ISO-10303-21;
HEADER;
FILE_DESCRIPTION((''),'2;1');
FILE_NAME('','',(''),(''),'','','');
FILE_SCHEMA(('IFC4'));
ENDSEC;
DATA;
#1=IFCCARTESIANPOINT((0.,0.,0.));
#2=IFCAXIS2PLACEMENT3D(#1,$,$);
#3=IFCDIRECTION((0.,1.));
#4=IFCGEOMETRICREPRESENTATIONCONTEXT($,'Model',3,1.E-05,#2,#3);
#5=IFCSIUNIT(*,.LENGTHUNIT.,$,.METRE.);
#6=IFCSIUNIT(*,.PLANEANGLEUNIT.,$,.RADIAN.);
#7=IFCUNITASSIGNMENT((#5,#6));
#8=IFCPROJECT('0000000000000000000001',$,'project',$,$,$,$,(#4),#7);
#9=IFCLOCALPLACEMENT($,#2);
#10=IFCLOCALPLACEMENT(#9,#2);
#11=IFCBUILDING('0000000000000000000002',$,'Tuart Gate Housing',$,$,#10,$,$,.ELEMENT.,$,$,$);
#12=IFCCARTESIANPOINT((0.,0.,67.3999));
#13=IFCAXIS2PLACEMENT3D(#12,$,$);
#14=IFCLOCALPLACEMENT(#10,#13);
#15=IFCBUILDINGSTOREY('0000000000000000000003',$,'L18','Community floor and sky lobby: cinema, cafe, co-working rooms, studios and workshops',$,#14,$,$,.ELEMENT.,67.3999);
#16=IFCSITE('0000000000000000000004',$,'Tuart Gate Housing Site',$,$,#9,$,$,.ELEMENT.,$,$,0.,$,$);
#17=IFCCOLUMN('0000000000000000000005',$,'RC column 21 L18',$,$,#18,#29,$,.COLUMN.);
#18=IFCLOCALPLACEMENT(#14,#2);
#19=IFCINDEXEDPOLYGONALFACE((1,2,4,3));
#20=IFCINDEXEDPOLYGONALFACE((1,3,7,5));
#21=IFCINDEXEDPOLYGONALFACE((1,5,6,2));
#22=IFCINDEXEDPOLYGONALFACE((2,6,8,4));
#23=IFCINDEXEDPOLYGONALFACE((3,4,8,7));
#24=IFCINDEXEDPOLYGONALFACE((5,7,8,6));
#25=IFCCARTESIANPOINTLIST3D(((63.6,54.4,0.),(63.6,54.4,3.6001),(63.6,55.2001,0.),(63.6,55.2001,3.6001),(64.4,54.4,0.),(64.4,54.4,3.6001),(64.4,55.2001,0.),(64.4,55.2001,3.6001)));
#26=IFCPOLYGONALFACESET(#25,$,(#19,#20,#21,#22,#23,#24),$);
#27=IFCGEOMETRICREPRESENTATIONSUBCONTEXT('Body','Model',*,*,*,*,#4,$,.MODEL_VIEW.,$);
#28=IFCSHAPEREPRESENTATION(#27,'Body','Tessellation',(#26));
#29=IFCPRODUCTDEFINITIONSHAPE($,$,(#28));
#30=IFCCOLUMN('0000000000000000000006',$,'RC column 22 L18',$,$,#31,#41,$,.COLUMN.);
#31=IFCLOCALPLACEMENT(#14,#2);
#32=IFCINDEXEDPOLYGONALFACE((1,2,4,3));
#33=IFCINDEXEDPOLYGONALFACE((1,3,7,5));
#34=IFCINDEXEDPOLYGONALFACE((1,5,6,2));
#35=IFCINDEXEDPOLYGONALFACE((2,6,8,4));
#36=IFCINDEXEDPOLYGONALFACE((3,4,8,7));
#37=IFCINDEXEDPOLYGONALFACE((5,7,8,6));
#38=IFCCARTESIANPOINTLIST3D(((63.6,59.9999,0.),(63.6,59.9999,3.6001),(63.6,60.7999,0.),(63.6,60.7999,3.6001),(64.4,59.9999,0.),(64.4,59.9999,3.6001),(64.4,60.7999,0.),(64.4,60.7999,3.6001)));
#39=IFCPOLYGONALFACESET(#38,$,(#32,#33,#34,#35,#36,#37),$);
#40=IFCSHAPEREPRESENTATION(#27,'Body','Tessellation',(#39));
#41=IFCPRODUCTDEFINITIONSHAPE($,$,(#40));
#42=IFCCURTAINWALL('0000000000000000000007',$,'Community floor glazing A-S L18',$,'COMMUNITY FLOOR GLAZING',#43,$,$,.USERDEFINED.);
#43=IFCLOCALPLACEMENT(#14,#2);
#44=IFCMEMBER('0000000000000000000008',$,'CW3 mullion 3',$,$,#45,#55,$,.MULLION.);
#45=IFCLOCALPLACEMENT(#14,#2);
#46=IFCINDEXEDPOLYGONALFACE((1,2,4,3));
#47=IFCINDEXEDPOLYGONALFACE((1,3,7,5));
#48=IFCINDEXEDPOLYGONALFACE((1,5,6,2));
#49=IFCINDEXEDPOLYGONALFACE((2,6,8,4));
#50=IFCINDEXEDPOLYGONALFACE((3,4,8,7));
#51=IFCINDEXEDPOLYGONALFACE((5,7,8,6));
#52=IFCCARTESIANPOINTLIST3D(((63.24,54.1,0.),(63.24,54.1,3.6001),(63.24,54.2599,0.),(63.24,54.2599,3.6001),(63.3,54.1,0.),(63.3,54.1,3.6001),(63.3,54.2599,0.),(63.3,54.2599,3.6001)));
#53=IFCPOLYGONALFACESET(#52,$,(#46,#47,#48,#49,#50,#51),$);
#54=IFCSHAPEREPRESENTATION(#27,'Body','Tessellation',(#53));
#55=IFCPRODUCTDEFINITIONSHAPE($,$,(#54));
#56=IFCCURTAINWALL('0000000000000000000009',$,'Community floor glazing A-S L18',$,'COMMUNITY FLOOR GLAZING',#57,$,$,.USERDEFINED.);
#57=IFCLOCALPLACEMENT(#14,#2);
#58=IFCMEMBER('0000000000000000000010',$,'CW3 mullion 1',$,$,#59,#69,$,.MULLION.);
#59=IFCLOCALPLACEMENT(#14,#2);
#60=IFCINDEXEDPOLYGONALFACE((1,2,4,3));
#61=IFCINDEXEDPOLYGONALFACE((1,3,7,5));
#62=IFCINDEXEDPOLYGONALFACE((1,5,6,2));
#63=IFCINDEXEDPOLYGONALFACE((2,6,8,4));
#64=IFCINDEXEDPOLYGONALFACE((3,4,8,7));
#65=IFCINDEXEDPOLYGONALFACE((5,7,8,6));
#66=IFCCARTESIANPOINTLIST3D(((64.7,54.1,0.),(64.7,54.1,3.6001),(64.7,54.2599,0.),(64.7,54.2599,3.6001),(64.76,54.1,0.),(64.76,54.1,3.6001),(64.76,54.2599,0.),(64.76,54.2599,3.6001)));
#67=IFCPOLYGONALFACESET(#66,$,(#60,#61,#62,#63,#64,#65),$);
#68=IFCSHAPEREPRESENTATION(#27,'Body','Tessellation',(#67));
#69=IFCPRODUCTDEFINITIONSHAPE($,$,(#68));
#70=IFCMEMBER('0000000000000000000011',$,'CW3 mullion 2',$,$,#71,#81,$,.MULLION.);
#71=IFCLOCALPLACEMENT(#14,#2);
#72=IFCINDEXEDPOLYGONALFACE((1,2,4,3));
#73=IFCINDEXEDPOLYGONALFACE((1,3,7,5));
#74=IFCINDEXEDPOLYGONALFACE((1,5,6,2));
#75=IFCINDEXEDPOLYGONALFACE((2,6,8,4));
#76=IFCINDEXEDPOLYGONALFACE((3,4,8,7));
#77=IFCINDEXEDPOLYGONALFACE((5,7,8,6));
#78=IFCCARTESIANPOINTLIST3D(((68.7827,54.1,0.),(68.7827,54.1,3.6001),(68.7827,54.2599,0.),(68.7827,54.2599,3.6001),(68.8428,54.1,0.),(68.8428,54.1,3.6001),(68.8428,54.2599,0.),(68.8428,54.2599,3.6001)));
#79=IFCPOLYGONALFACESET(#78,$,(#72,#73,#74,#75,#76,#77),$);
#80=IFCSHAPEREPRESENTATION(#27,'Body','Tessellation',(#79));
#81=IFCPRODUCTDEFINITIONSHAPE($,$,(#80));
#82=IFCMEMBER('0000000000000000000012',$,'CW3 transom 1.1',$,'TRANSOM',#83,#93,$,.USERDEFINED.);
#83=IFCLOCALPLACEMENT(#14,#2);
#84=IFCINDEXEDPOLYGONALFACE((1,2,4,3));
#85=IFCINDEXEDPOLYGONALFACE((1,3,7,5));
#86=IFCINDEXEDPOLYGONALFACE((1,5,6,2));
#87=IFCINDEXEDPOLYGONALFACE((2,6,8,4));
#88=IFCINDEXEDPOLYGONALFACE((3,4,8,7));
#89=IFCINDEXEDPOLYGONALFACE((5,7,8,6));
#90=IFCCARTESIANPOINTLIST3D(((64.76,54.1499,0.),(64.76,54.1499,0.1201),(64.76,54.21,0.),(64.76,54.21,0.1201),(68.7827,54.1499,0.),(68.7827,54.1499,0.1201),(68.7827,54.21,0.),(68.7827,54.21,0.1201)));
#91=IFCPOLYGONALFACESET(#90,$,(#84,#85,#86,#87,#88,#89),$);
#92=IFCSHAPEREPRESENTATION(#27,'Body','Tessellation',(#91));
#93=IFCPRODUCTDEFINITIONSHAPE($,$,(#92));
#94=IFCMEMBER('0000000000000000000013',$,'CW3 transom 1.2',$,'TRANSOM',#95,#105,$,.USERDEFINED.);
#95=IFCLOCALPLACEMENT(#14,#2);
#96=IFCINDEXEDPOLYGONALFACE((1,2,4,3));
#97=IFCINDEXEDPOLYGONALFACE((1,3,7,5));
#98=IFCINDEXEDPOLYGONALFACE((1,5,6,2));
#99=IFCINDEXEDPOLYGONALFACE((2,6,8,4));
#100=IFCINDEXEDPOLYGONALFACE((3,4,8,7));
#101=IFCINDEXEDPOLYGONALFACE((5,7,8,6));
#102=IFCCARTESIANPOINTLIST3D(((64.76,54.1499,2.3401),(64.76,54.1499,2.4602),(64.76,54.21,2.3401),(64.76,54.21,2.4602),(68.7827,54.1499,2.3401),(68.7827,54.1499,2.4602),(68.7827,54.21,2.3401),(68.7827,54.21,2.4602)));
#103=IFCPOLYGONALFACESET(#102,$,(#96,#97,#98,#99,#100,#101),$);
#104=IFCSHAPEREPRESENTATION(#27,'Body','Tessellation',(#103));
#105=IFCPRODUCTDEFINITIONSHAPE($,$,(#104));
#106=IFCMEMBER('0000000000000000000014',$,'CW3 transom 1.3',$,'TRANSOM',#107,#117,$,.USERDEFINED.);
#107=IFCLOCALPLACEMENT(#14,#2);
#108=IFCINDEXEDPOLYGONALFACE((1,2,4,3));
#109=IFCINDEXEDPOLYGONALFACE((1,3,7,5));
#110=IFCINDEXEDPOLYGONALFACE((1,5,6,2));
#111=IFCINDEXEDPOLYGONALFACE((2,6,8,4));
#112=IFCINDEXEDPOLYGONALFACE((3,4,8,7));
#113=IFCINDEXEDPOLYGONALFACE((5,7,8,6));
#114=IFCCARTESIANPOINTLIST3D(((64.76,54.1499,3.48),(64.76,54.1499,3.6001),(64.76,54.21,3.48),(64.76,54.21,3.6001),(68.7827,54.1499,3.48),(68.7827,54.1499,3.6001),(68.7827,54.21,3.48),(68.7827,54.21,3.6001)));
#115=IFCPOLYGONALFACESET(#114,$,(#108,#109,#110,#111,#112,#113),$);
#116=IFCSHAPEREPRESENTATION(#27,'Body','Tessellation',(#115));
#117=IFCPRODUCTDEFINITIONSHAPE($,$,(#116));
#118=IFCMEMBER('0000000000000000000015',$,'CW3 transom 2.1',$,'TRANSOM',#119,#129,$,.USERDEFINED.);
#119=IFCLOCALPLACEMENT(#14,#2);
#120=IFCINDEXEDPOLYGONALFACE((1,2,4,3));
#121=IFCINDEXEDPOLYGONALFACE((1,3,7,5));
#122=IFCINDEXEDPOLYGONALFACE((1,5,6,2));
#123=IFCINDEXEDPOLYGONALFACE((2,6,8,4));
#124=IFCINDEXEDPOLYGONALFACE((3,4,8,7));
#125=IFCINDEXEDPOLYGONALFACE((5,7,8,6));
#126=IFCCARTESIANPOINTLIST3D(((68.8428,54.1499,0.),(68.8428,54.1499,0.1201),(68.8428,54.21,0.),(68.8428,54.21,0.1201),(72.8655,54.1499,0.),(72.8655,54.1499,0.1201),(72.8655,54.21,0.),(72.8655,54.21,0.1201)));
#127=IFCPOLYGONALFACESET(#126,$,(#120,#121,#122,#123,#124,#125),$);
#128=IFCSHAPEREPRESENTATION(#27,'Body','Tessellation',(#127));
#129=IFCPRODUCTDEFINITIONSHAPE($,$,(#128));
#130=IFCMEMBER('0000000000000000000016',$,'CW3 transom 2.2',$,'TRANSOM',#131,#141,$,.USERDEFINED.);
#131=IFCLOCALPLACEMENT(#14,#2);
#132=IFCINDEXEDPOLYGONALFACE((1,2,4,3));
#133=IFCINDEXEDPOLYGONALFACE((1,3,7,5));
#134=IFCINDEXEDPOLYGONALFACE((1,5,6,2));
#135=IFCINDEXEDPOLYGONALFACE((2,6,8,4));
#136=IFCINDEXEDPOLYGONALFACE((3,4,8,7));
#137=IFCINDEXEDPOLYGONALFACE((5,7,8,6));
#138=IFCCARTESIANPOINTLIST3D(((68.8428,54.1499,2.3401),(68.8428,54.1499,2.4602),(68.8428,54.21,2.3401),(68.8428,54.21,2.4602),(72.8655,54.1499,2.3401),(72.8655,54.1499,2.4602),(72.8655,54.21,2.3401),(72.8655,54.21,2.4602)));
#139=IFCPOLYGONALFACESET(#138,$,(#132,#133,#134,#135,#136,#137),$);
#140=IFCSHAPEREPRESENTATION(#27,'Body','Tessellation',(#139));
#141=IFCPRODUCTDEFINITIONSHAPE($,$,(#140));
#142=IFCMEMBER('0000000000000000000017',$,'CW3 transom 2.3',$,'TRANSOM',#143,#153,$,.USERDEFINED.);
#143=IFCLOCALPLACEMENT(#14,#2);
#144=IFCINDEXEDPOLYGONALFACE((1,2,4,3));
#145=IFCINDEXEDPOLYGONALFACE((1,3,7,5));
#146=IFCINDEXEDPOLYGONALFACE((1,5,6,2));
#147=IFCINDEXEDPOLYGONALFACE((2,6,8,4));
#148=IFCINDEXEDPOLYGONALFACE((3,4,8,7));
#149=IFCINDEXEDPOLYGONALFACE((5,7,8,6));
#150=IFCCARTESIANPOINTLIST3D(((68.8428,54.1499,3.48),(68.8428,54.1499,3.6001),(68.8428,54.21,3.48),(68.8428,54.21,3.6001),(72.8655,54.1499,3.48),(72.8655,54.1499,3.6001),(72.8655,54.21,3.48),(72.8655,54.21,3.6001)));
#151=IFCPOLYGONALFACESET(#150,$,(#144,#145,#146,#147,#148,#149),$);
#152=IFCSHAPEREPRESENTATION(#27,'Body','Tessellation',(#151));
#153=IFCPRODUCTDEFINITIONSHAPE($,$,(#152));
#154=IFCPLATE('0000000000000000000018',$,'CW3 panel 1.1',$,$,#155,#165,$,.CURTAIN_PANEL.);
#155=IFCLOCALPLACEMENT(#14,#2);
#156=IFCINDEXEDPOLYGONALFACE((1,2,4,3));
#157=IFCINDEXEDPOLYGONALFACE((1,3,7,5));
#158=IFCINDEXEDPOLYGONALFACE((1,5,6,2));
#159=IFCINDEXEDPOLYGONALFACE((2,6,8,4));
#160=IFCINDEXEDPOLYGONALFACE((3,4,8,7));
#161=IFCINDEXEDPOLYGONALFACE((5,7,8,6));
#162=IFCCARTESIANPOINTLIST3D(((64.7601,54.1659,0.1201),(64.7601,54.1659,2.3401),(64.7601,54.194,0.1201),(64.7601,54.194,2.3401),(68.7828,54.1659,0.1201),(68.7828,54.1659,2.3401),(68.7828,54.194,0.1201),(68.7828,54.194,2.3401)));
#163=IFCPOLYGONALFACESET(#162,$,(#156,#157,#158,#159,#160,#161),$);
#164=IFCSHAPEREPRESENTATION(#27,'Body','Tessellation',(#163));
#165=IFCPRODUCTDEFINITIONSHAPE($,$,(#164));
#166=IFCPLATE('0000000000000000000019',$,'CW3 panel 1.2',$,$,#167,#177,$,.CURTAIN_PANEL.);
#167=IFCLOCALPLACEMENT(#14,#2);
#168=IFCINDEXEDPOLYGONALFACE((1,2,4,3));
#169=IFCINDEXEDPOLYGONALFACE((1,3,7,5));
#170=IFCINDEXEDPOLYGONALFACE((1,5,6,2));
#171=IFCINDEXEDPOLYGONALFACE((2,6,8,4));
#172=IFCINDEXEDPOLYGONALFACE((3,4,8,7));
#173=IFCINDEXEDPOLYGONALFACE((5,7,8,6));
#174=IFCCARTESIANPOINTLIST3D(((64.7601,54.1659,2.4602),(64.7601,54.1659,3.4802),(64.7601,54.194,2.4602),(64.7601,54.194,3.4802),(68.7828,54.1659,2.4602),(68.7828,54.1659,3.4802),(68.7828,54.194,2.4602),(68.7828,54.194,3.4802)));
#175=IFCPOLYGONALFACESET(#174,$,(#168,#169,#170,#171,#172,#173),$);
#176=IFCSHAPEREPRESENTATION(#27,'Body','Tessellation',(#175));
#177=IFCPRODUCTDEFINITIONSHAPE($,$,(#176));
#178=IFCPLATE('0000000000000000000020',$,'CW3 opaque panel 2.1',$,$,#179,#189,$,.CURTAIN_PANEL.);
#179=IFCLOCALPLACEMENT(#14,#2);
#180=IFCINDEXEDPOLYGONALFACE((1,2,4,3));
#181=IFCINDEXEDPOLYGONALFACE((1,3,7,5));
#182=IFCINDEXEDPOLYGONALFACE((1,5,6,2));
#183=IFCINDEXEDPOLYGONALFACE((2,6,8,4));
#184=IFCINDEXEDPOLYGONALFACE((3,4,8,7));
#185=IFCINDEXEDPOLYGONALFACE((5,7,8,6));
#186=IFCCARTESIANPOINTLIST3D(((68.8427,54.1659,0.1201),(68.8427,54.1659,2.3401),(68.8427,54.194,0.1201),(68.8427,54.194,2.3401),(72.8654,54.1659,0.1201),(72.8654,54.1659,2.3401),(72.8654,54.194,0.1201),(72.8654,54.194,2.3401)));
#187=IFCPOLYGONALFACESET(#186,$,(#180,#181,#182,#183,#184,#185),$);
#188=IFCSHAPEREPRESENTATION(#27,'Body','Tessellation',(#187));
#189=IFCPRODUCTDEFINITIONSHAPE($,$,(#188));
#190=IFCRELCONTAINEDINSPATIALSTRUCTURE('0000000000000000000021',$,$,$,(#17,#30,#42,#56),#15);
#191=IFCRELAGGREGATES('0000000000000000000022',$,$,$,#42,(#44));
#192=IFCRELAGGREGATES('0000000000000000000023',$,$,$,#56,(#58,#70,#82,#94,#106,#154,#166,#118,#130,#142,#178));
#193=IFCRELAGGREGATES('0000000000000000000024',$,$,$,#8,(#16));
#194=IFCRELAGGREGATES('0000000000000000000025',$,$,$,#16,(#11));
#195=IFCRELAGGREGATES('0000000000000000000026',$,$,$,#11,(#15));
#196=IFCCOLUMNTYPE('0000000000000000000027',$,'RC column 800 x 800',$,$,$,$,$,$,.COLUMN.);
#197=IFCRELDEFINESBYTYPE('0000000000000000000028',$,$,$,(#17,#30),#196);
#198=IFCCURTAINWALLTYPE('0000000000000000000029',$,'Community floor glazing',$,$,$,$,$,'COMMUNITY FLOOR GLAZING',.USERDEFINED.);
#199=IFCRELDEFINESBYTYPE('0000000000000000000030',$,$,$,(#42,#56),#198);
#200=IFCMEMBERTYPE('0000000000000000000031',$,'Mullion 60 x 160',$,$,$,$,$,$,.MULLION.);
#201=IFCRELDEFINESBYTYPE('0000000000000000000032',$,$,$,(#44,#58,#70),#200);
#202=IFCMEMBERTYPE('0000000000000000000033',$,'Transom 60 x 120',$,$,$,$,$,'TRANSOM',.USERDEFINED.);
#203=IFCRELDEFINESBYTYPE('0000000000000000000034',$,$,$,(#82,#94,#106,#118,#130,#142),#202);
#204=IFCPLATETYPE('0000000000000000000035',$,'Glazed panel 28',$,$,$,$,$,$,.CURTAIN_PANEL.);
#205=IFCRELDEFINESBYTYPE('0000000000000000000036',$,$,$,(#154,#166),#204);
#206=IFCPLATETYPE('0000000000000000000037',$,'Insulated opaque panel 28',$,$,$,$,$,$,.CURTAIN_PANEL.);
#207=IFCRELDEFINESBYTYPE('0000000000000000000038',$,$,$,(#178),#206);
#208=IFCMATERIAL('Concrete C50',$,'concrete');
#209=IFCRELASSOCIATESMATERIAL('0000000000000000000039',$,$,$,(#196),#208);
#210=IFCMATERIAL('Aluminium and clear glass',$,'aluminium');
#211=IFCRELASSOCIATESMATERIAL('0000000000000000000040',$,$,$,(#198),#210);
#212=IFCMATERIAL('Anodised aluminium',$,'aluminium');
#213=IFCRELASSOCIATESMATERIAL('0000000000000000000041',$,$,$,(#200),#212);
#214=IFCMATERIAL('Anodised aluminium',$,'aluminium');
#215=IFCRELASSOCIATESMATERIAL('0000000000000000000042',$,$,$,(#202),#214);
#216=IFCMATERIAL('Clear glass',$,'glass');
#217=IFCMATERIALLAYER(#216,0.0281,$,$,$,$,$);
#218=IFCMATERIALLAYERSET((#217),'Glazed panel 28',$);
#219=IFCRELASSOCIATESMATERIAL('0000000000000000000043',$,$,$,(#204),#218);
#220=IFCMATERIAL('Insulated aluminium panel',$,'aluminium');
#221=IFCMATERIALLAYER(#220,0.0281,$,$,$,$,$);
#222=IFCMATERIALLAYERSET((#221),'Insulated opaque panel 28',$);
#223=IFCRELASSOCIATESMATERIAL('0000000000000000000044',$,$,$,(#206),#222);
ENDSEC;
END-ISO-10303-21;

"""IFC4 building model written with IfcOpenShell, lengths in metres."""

from ifc_helpers import new_model, si_unit, direction, frame, origin, origin_2d, place, context, subcontext, project, spatial, rectangle, extrude, material, layer, layer_set, material_profile, profile_set, type_object, element, aggregate, save


model = new_model("IFC4")

# Units and contexts
model_context = context("Model", 3, precision=1e-05, world=origin(), true_north=direction((0.0, 1.0)))
body_context = subcontext(model_context, "Body", "Model", "MODEL_VIEW")
ifc_project = project(units=[si_unit("LENGTHUNIT", "METRE"), si_unit("PLANEANGLEUNIT", "RADIAN")], contexts=[model_context])

# Site, building, storey
site_placement = place(None, origin())
site = spatial("IfcSite", under=ifc_project, at=site_placement, Name="Tuart Gate Housing Site", CompositionType="ELEMENT", RefElevation=0.0)
building_placement = place(site_placement, origin())
building = spatial("IfcBuilding", under=site, at=building_placement, Name="Tuart Gate Housing", CompositionType="ELEMENT")
storey_placement = place(building_placement, frame((0.0, 0.0, 67.3999)))
storey = spatial("IfcBuildingStorey", under=building, at=storey_placement, Name="L18", Description="Community floor and sky lobby: cinema, cafe, co-working rooms, studios and workshops", CompositionType="ELEMENT", Elevation=67.3999)

# Columns
ifc_material_1 = material(Name="Concrete C50", Category="concrete")
ifc_material_profile_1 = material_profile(ifc_material_1, rectangle(XDim=0.8, YDim=0.8, at=origin_2d()), Name="RC column 800 x 800")
ifc_profile_set_1 = profile_set([ifc_material_profile_1], Name="Concrete C50")
column_type = type_object("IfcColumnType", Name="RC column 800 x 800", PredefinedType="COLUMN", material=ifc_profile_set_1)
for number, where, z_axis, x_axis, name in (
    (1, (64.0, 54.8, 0.0), (0.0, 0.0, 1.0), (1.0, 0.0, 0.0), "RC column 21 L18"),
    (2, (64.0, 60.3999, 0.0), (0.0, 0.0, 1.0), (1.0, 0.0, 0.0), "RC column 22 L18"),
):
    element("IfcColumn", number, at=place(storey_placement, frame(where, z_axis=z_axis, x_axis=x_axis)), inside=storey, type_object=column_type, Name=name, PredefinedType="COLUMN", context=body_context, shape_type="SweptSolid", body=[
        extrude(rectangle(XDim=0.8, YDim=0.8, at=origin_2d()), origin(), (0.0, 0.0, 1.0), 3.6001),
    ])

# Curtain wall, member
ifc_material_2 = material(Name="Aluminium and clear glass", Category="aluminium")
curtain_wall_type = type_object("IfcCurtainWallType", Name="Community floor glazing", ElementType="COMMUNITY FLOOR GLAZING", PredefinedType="USERDEFINED", material=ifc_material_2)
curtain_wall_1_placement = place(storey_placement, origin())
curtain_wall_1 = element("IfcCurtainWall", 3, at=curtain_wall_1_placement, inside=storey, type_object=curtain_wall_type, Name="Community floor glazing A-S L18", ObjectType="COMMUNITY FLOOR GLAZING", PredefinedType="USERDEFINED")
ifc_material_3 = material(Name="Anodised aluminium", Category="aluminium")
ifc_material_profile_2 = material_profile(ifc_material_3, rectangle(XDim=0.0601, YDim=0.1599, at=origin_2d()), Name="60x160")
ifc_profile_set_2 = profile_set([ifc_material_profile_2], Name="Anodised aluminium")
member_type_1 = type_object("IfcMemberType", Name="Mullion 60 x 160", PredefinedType="MULLION", material=ifc_profile_set_2)
member_1_placement = place(storey_placement, frame((63.27, 54.1799, 0.0), z_axis=(0.0, 0.0, 1.0), x_axis=(1.0, 0.0, 0.0)))
member_1 = element("IfcMember", 4, at=member_1_placement, type_object=member_type_1, Name="CW3 mullion 3", PredefinedType="MULLION", context=body_context, shape_type="SweptSolid", body=[
    extrude(rectangle(XDim=0.0601, YDim=0.1599, at=origin_2d()), origin(), (0.0, 0.0, 1.0), 3.6001),
])
aggregate(curtain_wall_1, [member_1])

# Curtain wall, members, plates
curtain_wall_2_placement = place(storey_placement, origin())
curtain_wall_2 = element("IfcCurtainWall", 5, at=curtain_wall_2_placement, inside=storey, type_object=curtain_wall_type, Name="Community floor glazing A-S L18", ObjectType="COMMUNITY FLOOR GLAZING", PredefinedType="USERDEFINED")
member_2_placement = place(storey_placement, frame((64.73, 54.1799, 0.0), z_axis=(0.0, 0.0, 1.0), x_axis=(1.0, 0.0, 0.0)))
member_2 = element("IfcMember", 6, at=member_2_placement, type_object=member_type_1, Name="CW3 mullion 1", PredefinedType="MULLION", context=body_context, shape_type="SweptSolid", body=[
    extrude(rectangle(XDim=0.0601, YDim=0.1599, at=origin_2d()), origin(), (0.0, 0.0, 1.0), 3.6001),
])
member_3_placement = place(storey_placement, frame((68.8127, 54.1799, 0.0), z_axis=(0.0, 0.0, 1.0), x_axis=(1.0, 0.0, 0.0)))
member_3 = element("IfcMember", 7, at=member_3_placement, type_object=member_type_1, Name="CW3 mullion 2", PredefinedType="MULLION", context=body_context, shape_type="SweptSolid", body=[
    extrude(rectangle(XDim=0.0601, YDim=0.1599, at=origin_2d()), origin(), (0.0, 0.0, 1.0), 3.6001),
])
ifc_material_4 = material(Name="Anodised aluminium", Category="aluminium")
ifc_material_profile_3 = material_profile(ifc_material_4, rectangle(XDim=0.0601, YDim=0.1201, at=origin_2d()), Name="60x120")
ifc_profile_set_3 = profile_set([ifc_material_profile_3], Name="Anodised aluminium")
member_type_2 = type_object("IfcMemberType", Name="Transom 60 x 120", ElementType="TRANSOM", PredefinedType="USERDEFINED", material=ifc_profile_set_3)
member_4_placement = place(storey_placement, frame((64.76, 54.1799, 0.0601), z_axis=(1.0, 0.0, 0.0), x_axis=(0.0, 1.0, 0.0)))
member_4 = element("IfcMember", 8, at=member_4_placement, type_object=member_type_2, Name="CW3 transom 1.1", ObjectType="TRANSOM", PredefinedType="USERDEFINED", context=body_context, shape_type="SweptSolid", body=[
    extrude(rectangle(XDim=0.0601, YDim=0.1201, at=origin_2d()), origin(), (0.0, 0.0, 1.0), 4.0227),
])
member_5_placement = place(storey_placement, frame((64.76, 54.1799, 2.4001), z_axis=(1.0, 0.0, 0.0), x_axis=(0.0, 1.0, 0.0)))
member_5 = element("IfcMember", 9, at=member_5_placement, type_object=member_type_2, Name="CW3 transom 1.2", ObjectType="TRANSOM", PredefinedType="USERDEFINED", context=body_context, shape_type="SweptSolid", body=[
    extrude(rectangle(XDim=0.0601, YDim=0.1201, at=origin_2d()), origin(), (0.0, 0.0, 1.0), 4.0227),
])
member_6_placement = place(storey_placement, frame((64.76, 54.1799, 3.54), z_axis=(1.0, 0.0, 0.0), x_axis=(0.0, 1.0, 0.0)))
member_6 = element("IfcMember", 10, at=member_6_placement, type_object=member_type_2, Name="CW3 transom 1.3", ObjectType="TRANSOM", PredefinedType="USERDEFINED", context=body_context, shape_type="SweptSolid", body=[
    extrude(rectangle(XDim=0.0601, YDim=0.1201, at=origin_2d()), origin(), (0.0, 0.0, 1.0), 4.0227),
])
member_7_placement = place(storey_placement, frame((68.8428, 54.1799, 0.0601), z_axis=(1.0, 0.0, 0.0), x_axis=(0.0, 1.0, 0.0)))
member_7 = element("IfcMember", 11, at=member_7_placement, type_object=member_type_2, Name="CW3 transom 2.1", ObjectType="TRANSOM", PredefinedType="USERDEFINED", context=body_context, shape_type="SweptSolid", body=[
    extrude(rectangle(XDim=0.0601, YDim=0.1201, at=origin_2d()), origin(), (0.0, 0.0, 1.0), 4.0227),
])
member_8_placement = place(storey_placement, frame((68.8428, 54.1799, 2.4001), z_axis=(1.0, 0.0, 0.0), x_axis=(0.0, 1.0, 0.0)))
member_8 = element("IfcMember", 12, at=member_8_placement, type_object=member_type_2, Name="CW3 transom 2.2", ObjectType="TRANSOM", PredefinedType="USERDEFINED", context=body_context, shape_type="SweptSolid", body=[
    extrude(rectangle(XDim=0.0601, YDim=0.1201, at=origin_2d()), origin(), (0.0, 0.0, 1.0), 4.0227),
])
member_9_placement = place(storey_placement, frame((68.8428, 54.1799, 3.54), z_axis=(1.0, 0.0, 0.0), x_axis=(0.0, 1.0, 0.0)))
member_9 = element("IfcMember", 13, at=member_9_placement, type_object=member_type_2, Name="CW3 transom 2.3", ObjectType="TRANSOM", PredefinedType="USERDEFINED", context=body_context, shape_type="SweptSolid", body=[
    extrude(rectangle(XDim=0.0601, YDim=0.1201, at=origin_2d()), origin(), (0.0, 0.0, 1.0), 4.0227),
])
ifc_material_5 = material(Name="Clear glass", Category="glass")
ifc_layer_1 = layer(ifc_material_5, 0.0281)
ifc_layer_set_1 = layer_set([ifc_layer_1], Name="Glazed panel 28")
plate_type_1 = type_object("IfcPlateType", Name="Glazed panel 28", PredefinedType="CURTAIN_PANEL", material=ifc_layer_set_1)
plate_1_placement = place(storey_placement, frame((66.7715, 54.1799, 0.1201), z_axis=(0.0, 0.0, 1.0), x_axis=(1.0, 0.0, 0.0)))
plate_1 = element("IfcPlate", 14, at=plate_1_placement, type_object=plate_type_1, Name="CW3 panel 1.1", PredefinedType="CURTAIN_PANEL", context=body_context, shape_type="SweptSolid", body=[
    extrude(rectangle(XDim=4.0227, YDim=0.0281, at=origin_2d()), origin(), (0.0, 0.0, 1.0), 2.22),
])
plate_2_placement = place(storey_placement, frame((66.7715, 54.1799, 2.4602), z_axis=(0.0, 0.0, 1.0), x_axis=(1.0, 0.0, 0.0)))
plate_2 = element("IfcPlate", 15, at=plate_2_placement, type_object=plate_type_1, Name="CW3 panel 1.2", PredefinedType="CURTAIN_PANEL", context=body_context, shape_type="SweptSolid", body=[
    extrude(rectangle(XDim=4.0227, YDim=0.0281, at=origin_2d()), origin(), (0.0, 0.0, 1.0), 1.02),
])
ifc_material_6 = material(Name="Insulated aluminium panel", Category="aluminium")
ifc_layer_2 = layer(ifc_material_6, 0.0281)
ifc_layer_set_2 = layer_set([ifc_layer_2], Name="Insulated opaque panel 28")
plate_type_2 = type_object("IfcPlateType", Name="Insulated opaque panel 28", PredefinedType="CURTAIN_PANEL", material=ifc_layer_set_2)
plate_3_placement = place(storey_placement, frame((70.854, 54.1799, 0.1201), z_axis=(0.0, 0.0, 1.0), x_axis=(1.0, 0.0, 0.0)))
plate_3 = element("IfcPlate", 16, at=plate_3_placement, type_object=plate_type_2, Name="CW3 opaque panel 2.1", PredefinedType="CURTAIN_PANEL", context=body_context, shape_type="SweptSolid", body=[
    extrude(rectangle(XDim=4.0227, YDim=0.0281, at=origin_2d()), origin(), (0.0, 0.0, 1.0), 2.22),
])
aggregate(curtain_wall_2, [member_2, member_3, member_4, member_5, member_6, plate_1, plate_2, member_7, member_8, member_9, plate_3])

save(model, "model.ifc")
